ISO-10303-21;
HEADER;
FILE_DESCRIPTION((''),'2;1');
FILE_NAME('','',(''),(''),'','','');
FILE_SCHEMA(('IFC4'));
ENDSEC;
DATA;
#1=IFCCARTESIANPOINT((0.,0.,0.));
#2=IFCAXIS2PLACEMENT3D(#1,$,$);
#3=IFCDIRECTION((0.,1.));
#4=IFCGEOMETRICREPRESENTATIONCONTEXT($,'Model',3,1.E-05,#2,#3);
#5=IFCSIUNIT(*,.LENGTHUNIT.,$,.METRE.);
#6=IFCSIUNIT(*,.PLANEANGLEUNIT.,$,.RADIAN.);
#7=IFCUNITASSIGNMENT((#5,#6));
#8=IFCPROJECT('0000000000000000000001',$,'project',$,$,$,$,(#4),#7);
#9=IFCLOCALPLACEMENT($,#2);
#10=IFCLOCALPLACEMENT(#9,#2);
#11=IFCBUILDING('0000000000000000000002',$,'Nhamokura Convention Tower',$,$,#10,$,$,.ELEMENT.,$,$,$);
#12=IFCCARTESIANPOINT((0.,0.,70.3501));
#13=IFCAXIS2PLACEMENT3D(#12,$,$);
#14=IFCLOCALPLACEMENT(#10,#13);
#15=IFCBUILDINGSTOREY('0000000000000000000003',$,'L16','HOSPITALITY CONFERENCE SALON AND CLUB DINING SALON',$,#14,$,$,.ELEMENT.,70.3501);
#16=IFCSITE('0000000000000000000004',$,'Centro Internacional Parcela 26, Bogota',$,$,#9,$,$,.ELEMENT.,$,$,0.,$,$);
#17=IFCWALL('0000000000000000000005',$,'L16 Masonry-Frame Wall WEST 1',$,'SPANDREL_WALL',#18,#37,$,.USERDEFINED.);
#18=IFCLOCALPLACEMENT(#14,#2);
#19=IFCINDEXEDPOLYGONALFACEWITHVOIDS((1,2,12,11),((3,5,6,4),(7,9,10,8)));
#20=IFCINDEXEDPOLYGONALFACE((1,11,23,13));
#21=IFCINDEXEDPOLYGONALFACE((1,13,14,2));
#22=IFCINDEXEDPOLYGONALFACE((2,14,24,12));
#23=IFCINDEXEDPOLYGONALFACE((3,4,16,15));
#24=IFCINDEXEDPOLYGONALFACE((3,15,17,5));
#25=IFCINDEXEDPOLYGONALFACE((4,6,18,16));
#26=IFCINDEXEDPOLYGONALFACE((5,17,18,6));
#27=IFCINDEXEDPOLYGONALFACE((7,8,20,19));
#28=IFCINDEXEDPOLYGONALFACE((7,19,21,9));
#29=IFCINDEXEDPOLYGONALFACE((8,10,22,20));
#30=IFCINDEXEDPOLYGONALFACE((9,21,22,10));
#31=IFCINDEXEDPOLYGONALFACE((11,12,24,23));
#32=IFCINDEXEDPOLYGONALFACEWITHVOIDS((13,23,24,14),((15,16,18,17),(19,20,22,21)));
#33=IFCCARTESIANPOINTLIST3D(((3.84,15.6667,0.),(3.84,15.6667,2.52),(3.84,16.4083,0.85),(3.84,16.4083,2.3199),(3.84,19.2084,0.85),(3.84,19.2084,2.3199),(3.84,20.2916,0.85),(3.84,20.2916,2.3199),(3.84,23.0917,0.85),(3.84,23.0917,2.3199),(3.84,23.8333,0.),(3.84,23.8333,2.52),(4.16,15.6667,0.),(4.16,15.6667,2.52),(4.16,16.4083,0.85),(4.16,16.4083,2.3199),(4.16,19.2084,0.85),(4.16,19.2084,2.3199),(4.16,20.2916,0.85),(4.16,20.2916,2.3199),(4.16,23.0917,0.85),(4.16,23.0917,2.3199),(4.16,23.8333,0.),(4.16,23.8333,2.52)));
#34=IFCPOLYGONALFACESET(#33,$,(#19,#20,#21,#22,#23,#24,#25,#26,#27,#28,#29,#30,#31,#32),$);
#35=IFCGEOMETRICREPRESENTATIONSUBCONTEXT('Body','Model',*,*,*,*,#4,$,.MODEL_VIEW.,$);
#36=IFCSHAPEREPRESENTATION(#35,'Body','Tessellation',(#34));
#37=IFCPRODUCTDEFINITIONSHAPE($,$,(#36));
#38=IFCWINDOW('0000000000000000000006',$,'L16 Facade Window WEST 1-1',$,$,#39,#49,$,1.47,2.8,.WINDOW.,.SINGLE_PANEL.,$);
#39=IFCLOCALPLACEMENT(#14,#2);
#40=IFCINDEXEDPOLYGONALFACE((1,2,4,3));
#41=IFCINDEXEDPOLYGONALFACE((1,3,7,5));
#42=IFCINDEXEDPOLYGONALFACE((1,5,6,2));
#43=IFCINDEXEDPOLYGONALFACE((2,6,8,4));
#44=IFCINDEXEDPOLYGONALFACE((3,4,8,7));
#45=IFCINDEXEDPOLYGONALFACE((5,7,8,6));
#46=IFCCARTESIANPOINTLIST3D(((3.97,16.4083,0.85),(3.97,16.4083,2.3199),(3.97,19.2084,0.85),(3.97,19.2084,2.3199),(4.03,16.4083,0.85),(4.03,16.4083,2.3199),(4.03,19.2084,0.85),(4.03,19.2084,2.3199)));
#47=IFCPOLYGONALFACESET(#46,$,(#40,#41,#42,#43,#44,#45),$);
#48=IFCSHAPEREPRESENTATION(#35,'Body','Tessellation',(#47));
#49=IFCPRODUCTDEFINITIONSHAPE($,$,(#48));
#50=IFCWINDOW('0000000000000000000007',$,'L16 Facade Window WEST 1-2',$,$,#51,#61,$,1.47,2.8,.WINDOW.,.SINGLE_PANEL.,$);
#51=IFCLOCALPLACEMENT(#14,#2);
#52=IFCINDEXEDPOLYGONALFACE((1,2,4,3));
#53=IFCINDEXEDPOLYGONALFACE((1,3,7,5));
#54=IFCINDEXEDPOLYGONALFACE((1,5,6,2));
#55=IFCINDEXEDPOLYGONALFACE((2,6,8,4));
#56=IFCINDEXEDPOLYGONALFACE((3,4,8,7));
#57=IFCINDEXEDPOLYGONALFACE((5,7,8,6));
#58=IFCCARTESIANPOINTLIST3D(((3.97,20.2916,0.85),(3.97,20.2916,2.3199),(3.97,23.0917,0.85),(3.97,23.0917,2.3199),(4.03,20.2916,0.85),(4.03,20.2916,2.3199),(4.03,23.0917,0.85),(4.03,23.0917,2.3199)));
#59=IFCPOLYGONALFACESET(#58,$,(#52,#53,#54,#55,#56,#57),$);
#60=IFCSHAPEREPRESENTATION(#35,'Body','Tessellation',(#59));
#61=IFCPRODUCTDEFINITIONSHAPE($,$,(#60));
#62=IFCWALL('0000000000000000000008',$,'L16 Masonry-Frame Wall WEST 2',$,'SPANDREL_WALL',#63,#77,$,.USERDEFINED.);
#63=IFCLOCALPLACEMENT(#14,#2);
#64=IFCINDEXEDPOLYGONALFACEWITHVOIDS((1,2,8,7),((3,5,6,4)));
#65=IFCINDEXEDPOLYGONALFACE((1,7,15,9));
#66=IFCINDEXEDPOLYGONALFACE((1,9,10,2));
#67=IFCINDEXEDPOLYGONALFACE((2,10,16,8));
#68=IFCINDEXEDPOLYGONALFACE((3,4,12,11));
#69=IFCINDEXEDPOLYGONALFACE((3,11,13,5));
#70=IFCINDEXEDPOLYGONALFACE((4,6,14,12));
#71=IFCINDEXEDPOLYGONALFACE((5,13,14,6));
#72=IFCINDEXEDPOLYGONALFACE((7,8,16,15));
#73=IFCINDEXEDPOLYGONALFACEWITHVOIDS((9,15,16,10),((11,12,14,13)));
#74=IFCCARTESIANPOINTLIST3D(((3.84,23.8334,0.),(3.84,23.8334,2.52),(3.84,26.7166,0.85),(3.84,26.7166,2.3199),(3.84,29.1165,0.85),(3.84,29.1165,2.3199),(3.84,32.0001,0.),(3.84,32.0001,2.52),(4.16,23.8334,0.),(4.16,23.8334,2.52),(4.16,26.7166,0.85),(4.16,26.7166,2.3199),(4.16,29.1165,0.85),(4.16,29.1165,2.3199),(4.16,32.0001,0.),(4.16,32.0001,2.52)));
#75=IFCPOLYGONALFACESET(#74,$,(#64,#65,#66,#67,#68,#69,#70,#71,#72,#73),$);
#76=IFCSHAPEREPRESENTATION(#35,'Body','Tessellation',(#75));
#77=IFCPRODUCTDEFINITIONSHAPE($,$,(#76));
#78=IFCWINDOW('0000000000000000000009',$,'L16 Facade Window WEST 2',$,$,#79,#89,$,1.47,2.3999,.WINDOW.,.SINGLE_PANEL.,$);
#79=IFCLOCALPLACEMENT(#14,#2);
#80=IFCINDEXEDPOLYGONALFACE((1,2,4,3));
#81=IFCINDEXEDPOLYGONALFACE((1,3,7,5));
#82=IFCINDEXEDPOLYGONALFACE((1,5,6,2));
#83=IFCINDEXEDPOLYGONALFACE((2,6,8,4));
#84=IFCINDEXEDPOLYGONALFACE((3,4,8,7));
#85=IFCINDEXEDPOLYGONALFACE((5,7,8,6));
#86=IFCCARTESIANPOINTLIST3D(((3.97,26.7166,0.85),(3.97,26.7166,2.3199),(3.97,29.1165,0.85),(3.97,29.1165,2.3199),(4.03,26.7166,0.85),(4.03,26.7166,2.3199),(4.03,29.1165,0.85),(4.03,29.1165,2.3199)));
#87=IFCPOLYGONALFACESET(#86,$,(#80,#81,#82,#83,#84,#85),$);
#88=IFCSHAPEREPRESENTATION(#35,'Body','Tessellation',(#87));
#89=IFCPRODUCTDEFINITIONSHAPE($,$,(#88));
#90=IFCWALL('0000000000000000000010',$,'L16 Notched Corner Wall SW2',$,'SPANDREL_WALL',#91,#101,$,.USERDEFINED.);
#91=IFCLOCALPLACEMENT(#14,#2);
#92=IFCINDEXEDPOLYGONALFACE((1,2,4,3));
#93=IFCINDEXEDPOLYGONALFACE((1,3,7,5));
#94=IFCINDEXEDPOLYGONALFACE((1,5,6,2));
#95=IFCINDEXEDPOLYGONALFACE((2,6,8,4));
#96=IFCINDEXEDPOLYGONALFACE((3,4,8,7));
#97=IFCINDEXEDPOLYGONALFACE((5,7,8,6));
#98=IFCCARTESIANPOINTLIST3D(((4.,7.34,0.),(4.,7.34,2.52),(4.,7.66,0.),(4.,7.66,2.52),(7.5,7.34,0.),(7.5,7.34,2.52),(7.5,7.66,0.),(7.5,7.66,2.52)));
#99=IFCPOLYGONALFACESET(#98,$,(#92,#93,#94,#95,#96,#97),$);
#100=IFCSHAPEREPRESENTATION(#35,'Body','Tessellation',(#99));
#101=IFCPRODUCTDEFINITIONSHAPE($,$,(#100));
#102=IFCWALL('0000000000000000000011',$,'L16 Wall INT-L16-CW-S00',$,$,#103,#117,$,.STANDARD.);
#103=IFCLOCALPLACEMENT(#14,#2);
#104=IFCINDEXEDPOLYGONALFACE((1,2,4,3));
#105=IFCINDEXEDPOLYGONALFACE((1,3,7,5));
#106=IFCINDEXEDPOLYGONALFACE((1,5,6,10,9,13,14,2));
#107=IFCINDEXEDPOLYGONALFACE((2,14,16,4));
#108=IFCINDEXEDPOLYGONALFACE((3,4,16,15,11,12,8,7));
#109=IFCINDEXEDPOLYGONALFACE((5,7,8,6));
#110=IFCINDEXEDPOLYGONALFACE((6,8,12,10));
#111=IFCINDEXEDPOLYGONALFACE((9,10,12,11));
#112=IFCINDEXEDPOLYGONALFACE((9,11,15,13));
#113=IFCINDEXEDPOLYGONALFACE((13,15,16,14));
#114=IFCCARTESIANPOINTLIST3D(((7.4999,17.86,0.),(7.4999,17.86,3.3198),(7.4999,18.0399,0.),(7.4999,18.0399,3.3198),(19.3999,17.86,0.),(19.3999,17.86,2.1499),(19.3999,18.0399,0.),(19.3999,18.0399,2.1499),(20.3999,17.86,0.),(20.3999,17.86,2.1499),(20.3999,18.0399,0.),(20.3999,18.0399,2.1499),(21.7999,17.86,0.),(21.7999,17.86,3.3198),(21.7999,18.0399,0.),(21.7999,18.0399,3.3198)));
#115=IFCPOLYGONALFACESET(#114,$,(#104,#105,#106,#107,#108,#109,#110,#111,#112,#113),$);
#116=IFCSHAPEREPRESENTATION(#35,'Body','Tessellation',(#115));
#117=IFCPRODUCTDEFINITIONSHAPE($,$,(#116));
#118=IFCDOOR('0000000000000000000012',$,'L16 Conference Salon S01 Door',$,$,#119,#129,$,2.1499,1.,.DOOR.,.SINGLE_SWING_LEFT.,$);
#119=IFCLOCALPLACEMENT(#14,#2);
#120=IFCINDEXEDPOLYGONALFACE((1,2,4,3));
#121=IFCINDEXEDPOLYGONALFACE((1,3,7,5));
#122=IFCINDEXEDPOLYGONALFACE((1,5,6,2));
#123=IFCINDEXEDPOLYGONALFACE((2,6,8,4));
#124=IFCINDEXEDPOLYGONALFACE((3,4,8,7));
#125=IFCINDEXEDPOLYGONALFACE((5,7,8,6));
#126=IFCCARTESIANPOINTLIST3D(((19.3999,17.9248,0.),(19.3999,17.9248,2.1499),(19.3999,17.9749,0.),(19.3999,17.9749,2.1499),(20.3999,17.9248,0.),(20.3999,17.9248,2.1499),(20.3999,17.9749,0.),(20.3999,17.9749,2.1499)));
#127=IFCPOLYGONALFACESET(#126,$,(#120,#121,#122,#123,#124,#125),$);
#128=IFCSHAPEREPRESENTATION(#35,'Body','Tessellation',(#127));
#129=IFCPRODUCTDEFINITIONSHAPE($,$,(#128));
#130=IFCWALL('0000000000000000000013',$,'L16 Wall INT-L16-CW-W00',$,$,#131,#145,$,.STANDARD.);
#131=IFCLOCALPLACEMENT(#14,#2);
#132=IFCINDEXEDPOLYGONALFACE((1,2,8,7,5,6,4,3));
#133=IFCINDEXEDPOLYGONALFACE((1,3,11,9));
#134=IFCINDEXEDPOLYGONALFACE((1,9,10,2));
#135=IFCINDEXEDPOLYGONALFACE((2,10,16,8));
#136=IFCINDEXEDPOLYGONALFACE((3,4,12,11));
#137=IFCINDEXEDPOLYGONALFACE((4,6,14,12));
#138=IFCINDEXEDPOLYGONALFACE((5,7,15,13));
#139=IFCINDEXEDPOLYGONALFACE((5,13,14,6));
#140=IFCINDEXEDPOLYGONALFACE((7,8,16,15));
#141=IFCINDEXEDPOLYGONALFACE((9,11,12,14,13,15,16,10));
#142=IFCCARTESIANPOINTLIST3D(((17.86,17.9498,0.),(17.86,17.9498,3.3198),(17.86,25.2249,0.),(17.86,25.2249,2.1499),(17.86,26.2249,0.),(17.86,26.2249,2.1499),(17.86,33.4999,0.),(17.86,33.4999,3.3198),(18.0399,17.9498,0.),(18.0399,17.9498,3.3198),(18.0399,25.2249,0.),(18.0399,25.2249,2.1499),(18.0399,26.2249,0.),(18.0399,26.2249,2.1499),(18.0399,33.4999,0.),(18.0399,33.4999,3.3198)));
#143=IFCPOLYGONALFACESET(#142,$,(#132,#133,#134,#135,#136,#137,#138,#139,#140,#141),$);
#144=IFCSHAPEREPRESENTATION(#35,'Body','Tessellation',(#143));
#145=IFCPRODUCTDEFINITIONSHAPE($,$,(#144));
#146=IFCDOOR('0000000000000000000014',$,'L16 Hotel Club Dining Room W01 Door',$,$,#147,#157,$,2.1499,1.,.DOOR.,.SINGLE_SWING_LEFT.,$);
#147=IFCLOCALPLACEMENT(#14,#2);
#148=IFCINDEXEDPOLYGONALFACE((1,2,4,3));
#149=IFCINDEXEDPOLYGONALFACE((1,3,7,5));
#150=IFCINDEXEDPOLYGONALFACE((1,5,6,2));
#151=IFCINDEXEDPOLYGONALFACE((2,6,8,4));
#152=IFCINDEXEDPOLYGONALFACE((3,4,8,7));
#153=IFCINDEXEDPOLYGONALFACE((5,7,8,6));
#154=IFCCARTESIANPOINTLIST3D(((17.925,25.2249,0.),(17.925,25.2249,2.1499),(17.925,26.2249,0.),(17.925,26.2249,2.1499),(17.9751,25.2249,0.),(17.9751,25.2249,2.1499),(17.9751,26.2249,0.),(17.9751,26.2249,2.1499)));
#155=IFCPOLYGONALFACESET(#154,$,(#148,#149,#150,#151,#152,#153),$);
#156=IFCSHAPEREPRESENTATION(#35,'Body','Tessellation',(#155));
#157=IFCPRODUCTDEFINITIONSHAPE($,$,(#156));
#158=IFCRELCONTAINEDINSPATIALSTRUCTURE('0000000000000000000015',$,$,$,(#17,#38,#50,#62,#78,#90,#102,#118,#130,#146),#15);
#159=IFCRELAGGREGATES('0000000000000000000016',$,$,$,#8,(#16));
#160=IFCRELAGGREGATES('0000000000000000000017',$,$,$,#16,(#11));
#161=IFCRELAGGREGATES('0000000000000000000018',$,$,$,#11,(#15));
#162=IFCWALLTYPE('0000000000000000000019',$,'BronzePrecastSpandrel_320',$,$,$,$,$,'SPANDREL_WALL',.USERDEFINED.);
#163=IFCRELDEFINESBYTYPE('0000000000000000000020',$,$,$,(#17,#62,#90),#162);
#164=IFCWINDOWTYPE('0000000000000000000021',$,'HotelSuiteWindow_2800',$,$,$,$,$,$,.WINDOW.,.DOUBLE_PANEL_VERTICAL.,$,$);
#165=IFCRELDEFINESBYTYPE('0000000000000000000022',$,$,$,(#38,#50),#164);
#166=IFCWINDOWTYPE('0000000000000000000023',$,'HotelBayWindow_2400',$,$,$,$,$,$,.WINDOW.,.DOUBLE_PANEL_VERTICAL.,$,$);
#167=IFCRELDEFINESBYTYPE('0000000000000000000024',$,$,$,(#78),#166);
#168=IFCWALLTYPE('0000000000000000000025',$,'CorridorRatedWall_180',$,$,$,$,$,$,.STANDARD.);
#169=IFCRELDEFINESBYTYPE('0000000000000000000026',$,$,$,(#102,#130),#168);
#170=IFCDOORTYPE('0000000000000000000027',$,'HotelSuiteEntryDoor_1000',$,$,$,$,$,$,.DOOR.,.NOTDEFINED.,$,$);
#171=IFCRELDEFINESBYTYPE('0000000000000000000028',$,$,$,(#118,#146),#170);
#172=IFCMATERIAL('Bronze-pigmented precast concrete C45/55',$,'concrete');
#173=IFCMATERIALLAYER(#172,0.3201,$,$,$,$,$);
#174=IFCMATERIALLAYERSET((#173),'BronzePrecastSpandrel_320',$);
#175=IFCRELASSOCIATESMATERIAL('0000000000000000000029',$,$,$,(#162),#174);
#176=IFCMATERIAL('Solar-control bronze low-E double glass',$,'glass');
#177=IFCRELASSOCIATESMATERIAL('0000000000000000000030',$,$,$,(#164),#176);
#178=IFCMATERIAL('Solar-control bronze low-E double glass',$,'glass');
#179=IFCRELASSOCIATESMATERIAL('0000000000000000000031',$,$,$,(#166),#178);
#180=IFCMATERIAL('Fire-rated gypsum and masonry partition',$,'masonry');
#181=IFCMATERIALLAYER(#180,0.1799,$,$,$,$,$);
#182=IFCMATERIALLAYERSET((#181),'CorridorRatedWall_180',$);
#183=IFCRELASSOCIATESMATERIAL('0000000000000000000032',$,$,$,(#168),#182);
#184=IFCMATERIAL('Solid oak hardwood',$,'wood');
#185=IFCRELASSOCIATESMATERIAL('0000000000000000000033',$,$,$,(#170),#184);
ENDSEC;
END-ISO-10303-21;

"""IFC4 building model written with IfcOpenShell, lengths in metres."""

from ifc_helpers import new_model, si_unit, direction, frame, frame_2d, origin, place, context, subcontext, project, spatial, rectangle, extrude, material, layer, layer_set, type_object, element, fill, save


model = new_model("IFC4")

# Units and contexts
model_context = context("Model", 3, precision=1e-05, world=origin(), true_north=direction((0.0, 1.0)))
body_context = subcontext(model_context, "Body", "Model", "MODEL_VIEW")
ifc_project = project(units=[si_unit("LENGTHUNIT", "METRE"), si_unit("PLANEANGLEUNIT", "RADIAN")], contexts=[model_context])

# Site, building, storey
site_placement = place(None, origin())
site = spatial("IfcSite", under=ifc_project, at=site_placement, Name="Centro Internacional Parcela 26, Bogota", CompositionType="ELEMENT", RefElevation=0.0)
building_placement = place(site_placement, origin())
building = spatial("IfcBuilding", under=site, at=building_placement, Name="Nhamokura Convention Tower", CompositionType="ELEMENT")
storey_placement = place(building_placement, frame((0.0, 0.0, 70.3501)))
storey = spatial("IfcBuildingStorey", under=building, at=storey_placement, Name="L16", Description="HOSPITALITY CONFERENCE SALON AND CLUB DINING SALON", CompositionType="ELEMENT", Elevation=70.3501)

# Wall, openings, windows
ifc_material_1 = material(Name="Bronze-pigmented precast concrete C45/55", Category="concrete")
ifc_layer_1 = layer(ifc_material_1, 0.3201)
ifc_layer_set_1 = layer_set([ifc_layer_1], Name="BronzePrecastSpandrel_320")
wall_type_1 = type_object("IfcWallType", Name="BronzePrecastSpandrel_320", ElementType="SPANDREL_WALL", PredefinedType="USERDEFINED", material=ifc_layer_set_1)
wall_1_placement = place(storey_placement, frame((4.0, 15.6667, 0.0), z_axis=(0.0, 0.0, 1.0), x_axis=(0.0, 1.0, 0.0)))
wall_1 = element("IfcWall", 1, at=wall_1_placement, inside=storey, type_object=wall_type_1, Name="L16 Masonry-Frame Wall WEST 1", ObjectType="SPANDREL_WALL", PredefinedType="USERDEFINED", context=body_context, shape_type="SweptSolid", body=[
    extrude(rectangle(XDim=8.1665, YDim=0.3201, at=frame_2d((4.0833, 0.0))), origin(), (0.0, 0.0, 1.0), 2.52),
])
opening_1_placement = place(wall_1_placement, frame((0.7417, 0.0, 0.8501)))
opening_1 = element("IfcOpeningElement", 2, at=opening_1_placement, cuts=wall_1, PredefinedType="OPENING", context=body_context, shape_type="SweptSolid", body=[
    extrude(rectangle(XDim=2.8, YDim=1.47, at=frame_2d((1.3999, 0.7349))), frame((0.0, 0.1699, 0.0), z_axis=(0.0, -1.0, 0.0), x_axis=(1.0, 0.0, 0.0)), (0.0, 0.0, 1.0), 0.3401),
])
opening_2_placement = place(wall_1_placement, frame((4.625, 0.0, 0.8501)))
opening_2 = element("IfcOpeningElement", 3, at=opening_2_placement, cuts=wall_1, PredefinedType="OPENING", context=body_context, shape_type="SweptSolid", body=[
    extrude(rectangle(XDim=2.8, YDim=1.47, at=frame_2d((1.3999, 0.7349))), frame((0.0, 0.1699, 0.0), z_axis=(0.0, -1.0, 0.0), x_axis=(1.0, 0.0, 0.0)), (0.0, 0.0, 1.0), 0.3401),
])
ifc_material_2 = material(Name="Solar-control bronze low-E double glass", Category="glass")
window_type_1 = type_object("IfcWindowType", Name="HotelSuiteWindow_2800", PartitioningType="DOUBLE_PANEL_VERTICAL", PredefinedType="WINDOW", material=ifc_material_2)
window_1_placement = place(opening_1_placement, origin())
window_1 = element("IfcWindow", 4, at=window_1_placement, inside=storey, type_object=window_type_1, Name="L16 Facade Window WEST 1-1", OverallHeight=1.47, OverallWidth=2.8, PartitioningType="SINGLE_PANEL", PredefinedType="WINDOW", context=body_context, shape_type="SweptSolid", body=[
    extrude(rectangle(XDim=2.8, YDim=1.47, at=frame_2d((1.3999, 0.7349))), frame((0.0, 0.03, 0.0), z_axis=(0.0, -1.0, 0.0), x_axis=(1.0, 0.0, 0.0)), (0.0, 0.0, 1.0), 0.0601),
])
fill(opening_1, window_1)
window_2_placement = place(opening_2_placement, origin())
window_2 = element("IfcWindow", 5, at=window_2_placement, inside=storey, type_object=window_type_1, Name="L16 Facade Window WEST 1-2", OverallHeight=1.47, OverallWidth=2.8, PartitioningType="SINGLE_PANEL", PredefinedType="WINDOW", context=body_context, shape_type="SweptSolid", body=[
    extrude(rectangle(XDim=2.8, YDim=1.47, at=frame_2d((1.3999, 0.7349))), frame((0.0, 0.03, 0.0), z_axis=(0.0, -1.0, 0.0), x_axis=(1.0, 0.0, 0.0)), (0.0, 0.0, 1.0), 0.0601),
])
fill(opening_2, window_2)

# Wall, opening, window
wall_2_placement = place(storey_placement, frame((4.0, 23.8333, 0.0), z_axis=(0.0, 0.0, 1.0), x_axis=(0.0, 1.0, 0.0)))
wall_2 = element("IfcWall", 6, at=wall_2_placement, inside=storey, type_object=wall_type_1, Name="L16 Masonry-Frame Wall WEST 2", ObjectType="SPANDREL_WALL", PredefinedType="USERDEFINED", context=body_context, shape_type="SweptSolid", body=[
    extrude(rectangle(XDim=8.1667, YDim=0.3201, at=frame_2d((4.0835, 0.0))), origin(), (0.0, 0.0, 1.0), 2.52),
])
opening_3_placement = place(wall_2_placement, frame((2.8833, 0.0, 0.8501)))
opening_3 = element("IfcOpeningElement", 7, at=opening_3_placement, cuts=wall_2, PredefinedType="OPENING", context=body_context, shape_type="SweptSolid", body=[
    extrude(rectangle(XDim=2.3999, YDim=1.47, at=frame_2d((1.2, 0.7349))), frame((0.0, 0.1699, 0.0), z_axis=(0.0, -1.0, 0.0), x_axis=(1.0, 0.0, 0.0)), (0.0, 0.0, 1.0), 0.3401),
])
ifc_material_3 = material(Name="Solar-control bronze low-E double glass", Category="glass")
window_type_2 = type_object("IfcWindowType", Name="HotelBayWindow_2400", PartitioningType="DOUBLE_PANEL_VERTICAL", PredefinedType="WINDOW", material=ifc_material_3)
window_3_placement = place(opening_3_placement, origin())
window_3 = element("IfcWindow", 8, at=window_3_placement, inside=storey, type_object=window_type_2, Name="L16 Facade Window WEST 2", OverallHeight=1.47, OverallWidth=2.3999, PartitioningType="SINGLE_PANEL", PredefinedType="WINDOW", context=body_context, shape_type="SweptSolid", body=[
    extrude(rectangle(XDim=2.3999, YDim=1.47, at=frame_2d((1.2, 0.7349))), frame((0.0, 0.03, 0.0), z_axis=(0.0, -1.0, 0.0), x_axis=(1.0, 0.0, 0.0)), (0.0, 0.0, 1.0), 0.0601),
])
fill(opening_3, window_3)

# Wall
wall_3_placement = place(storey_placement, frame((7.5, 7.5, 0.0), z_axis=(0.0, 0.0, 1.0), x_axis=(-1.0, 0.0, 0.0)))
element("IfcWall", 9, at=wall_3_placement, inside=storey, type_object=wall_type_1, Name="L16 Notched Corner Wall SW2", ObjectType="SPANDREL_WALL", PredefinedType="USERDEFINED", context=body_context, shape_type="SweptSolid", body=[
    extrude(rectangle(XDim=3.5, YDim=0.3201, at=frame_2d((1.75, 0.0))), origin(), (0.0, 0.0, 1.0), 2.52),
])

# Walls, openings, doors
ifc_material_4 = material(Name="Fire-rated gypsum and masonry partition", Category="masonry")
ifc_layer_2 = layer(ifc_material_4, 0.1799)
ifc_layer_set_2 = layer_set([ifc_layer_2], Name="CorridorRatedWall_180")
wall_type_2 = type_object("IfcWallType", Name="CorridorRatedWall_180", PredefinedType="STANDARD", material=ifc_layer_set_2)
wall_4_placement = place(storey_placement, frame((7.5, 17.95, 0.0), z_axis=(0.0, 0.0, 1.0), x_axis=(1.0, 0.0, 0.0)))
wall_4 = element("IfcWall", 10, at=wall_4_placement, inside=storey, type_object=wall_type_2, Name="L16 Wall INT-L16-CW-S00", PredefinedType="STANDARD", context=body_context, shape_type="SweptSolid", body=[
    extrude(rectangle(XDim=14.3, YDim=0.1799, at=frame_2d((7.1499, 0.0))), origin(), (0.0, 0.0, 1.0), 3.3198),
])
opening_4_placement = place(wall_4_placement, frame((11.8999, 0.0, 0.0)))
opening_4 = element("IfcOpeningElement", 11, at=opening_4_placement, cuts=wall_4, PredefinedType="OPENING", context=body_context, shape_type="SweptSolid", body=[
    extrude(rectangle(XDim=1.0, YDim=2.1499, at=frame_2d((0.5, 1.075))), frame((0.0, 0.0999, 0.0), z_axis=(0.0, -1.0, 0.0), x_axis=(1.0, 0.0, 0.0)), (0.0, 0.0, 1.0), 0.2),
])
ifc_material_5 = material(Name="Solid oak hardwood", Category="wood")
door_type = type_object("IfcDoorType", Name="HotelSuiteEntryDoor_1000", OperationType="NOTDEFINED", PredefinedType="DOOR", material=ifc_material_5)
door_1_placement = place(opening_4_placement, origin())
door_1 = element("IfcDoor", 12, at=door_1_placement, inside=storey, type_object=door_type, Name="L16 Conference Salon S01 Door", OperationType="SINGLE_SWING_LEFT", OverallHeight=2.1499, OverallWidth=1.0, PredefinedType="DOOR", context=body_context, shape_type="SweptSolid", body=[
    extrude(rectangle(XDim=1.0, YDim=2.1499, at=frame_2d((0.5, 1.075))), frame((0.0, 0.0249, 0.0), z_axis=(0.0, -1.0, 0.0), x_axis=(1.0, 0.0, 0.0)), (0.0, 0.0, 1.0), 0.05),
])
fill(opening_4, door_1)
wall_5_placement = place(storey_placement, frame((17.95, 17.95, 0.0), z_axis=(0.0, 0.0, 1.0), x_axis=(0.0, 1.0, 0.0)))
wall_5 = element("IfcWall", 13, at=wall_5_placement, inside=storey, type_object=wall_type_2, Name="L16 Wall INT-L16-CW-W00", PredefinedType="STANDARD", context=body_context, shape_type="SweptSolid", body=[
    extrude(rectangle(XDim=15.55, YDim=0.1799, at=frame_2d((7.7749, 0.0))), origin(), (0.0, 0.0, 1.0), 3.3198),
])
opening_5_placement = place(wall_5_placement, frame((7.2749, 0.0, 0.0)))
opening_5 = element("IfcOpeningElement", 14, at=opening_5_placement, cuts=wall_5, PredefinedType="OPENING", context=body_context, shape_type="SweptSolid", body=[
    extrude(rectangle(XDim=1.0, YDim=2.1499, at=frame_2d((0.5, 1.075))), frame((0.0, 0.0999, 0.0), z_axis=(0.0, -1.0, 0.0), x_axis=(1.0, 0.0, 0.0)), (0.0, 0.0, 1.0), 0.2),
])
door_2_placement = place(opening_5_placement, origin())
door_2 = element("IfcDoor", 15, at=door_2_placement, inside=storey, type_object=door_type, Name="L16 Hotel Club Dining Room W01 Door", OperationType="SINGLE_SWING_LEFT", OverallHeight=2.1499, OverallWidth=1.0, PredefinedType="DOOR", context=body_context, shape_type="SweptSolid", body=[
    extrude(rectangle(XDim=1.0, YDim=2.1499, at=frame_2d((0.5, 1.075))), frame((0.0, 0.0249, 0.0), z_axis=(0.0, -1.0, 0.0), x_axis=(1.0, 0.0, 0.0)), (0.0, 0.0, 1.0), 0.05),
])
fill(opening_5, door_2)

save(model, "model.ifc")
